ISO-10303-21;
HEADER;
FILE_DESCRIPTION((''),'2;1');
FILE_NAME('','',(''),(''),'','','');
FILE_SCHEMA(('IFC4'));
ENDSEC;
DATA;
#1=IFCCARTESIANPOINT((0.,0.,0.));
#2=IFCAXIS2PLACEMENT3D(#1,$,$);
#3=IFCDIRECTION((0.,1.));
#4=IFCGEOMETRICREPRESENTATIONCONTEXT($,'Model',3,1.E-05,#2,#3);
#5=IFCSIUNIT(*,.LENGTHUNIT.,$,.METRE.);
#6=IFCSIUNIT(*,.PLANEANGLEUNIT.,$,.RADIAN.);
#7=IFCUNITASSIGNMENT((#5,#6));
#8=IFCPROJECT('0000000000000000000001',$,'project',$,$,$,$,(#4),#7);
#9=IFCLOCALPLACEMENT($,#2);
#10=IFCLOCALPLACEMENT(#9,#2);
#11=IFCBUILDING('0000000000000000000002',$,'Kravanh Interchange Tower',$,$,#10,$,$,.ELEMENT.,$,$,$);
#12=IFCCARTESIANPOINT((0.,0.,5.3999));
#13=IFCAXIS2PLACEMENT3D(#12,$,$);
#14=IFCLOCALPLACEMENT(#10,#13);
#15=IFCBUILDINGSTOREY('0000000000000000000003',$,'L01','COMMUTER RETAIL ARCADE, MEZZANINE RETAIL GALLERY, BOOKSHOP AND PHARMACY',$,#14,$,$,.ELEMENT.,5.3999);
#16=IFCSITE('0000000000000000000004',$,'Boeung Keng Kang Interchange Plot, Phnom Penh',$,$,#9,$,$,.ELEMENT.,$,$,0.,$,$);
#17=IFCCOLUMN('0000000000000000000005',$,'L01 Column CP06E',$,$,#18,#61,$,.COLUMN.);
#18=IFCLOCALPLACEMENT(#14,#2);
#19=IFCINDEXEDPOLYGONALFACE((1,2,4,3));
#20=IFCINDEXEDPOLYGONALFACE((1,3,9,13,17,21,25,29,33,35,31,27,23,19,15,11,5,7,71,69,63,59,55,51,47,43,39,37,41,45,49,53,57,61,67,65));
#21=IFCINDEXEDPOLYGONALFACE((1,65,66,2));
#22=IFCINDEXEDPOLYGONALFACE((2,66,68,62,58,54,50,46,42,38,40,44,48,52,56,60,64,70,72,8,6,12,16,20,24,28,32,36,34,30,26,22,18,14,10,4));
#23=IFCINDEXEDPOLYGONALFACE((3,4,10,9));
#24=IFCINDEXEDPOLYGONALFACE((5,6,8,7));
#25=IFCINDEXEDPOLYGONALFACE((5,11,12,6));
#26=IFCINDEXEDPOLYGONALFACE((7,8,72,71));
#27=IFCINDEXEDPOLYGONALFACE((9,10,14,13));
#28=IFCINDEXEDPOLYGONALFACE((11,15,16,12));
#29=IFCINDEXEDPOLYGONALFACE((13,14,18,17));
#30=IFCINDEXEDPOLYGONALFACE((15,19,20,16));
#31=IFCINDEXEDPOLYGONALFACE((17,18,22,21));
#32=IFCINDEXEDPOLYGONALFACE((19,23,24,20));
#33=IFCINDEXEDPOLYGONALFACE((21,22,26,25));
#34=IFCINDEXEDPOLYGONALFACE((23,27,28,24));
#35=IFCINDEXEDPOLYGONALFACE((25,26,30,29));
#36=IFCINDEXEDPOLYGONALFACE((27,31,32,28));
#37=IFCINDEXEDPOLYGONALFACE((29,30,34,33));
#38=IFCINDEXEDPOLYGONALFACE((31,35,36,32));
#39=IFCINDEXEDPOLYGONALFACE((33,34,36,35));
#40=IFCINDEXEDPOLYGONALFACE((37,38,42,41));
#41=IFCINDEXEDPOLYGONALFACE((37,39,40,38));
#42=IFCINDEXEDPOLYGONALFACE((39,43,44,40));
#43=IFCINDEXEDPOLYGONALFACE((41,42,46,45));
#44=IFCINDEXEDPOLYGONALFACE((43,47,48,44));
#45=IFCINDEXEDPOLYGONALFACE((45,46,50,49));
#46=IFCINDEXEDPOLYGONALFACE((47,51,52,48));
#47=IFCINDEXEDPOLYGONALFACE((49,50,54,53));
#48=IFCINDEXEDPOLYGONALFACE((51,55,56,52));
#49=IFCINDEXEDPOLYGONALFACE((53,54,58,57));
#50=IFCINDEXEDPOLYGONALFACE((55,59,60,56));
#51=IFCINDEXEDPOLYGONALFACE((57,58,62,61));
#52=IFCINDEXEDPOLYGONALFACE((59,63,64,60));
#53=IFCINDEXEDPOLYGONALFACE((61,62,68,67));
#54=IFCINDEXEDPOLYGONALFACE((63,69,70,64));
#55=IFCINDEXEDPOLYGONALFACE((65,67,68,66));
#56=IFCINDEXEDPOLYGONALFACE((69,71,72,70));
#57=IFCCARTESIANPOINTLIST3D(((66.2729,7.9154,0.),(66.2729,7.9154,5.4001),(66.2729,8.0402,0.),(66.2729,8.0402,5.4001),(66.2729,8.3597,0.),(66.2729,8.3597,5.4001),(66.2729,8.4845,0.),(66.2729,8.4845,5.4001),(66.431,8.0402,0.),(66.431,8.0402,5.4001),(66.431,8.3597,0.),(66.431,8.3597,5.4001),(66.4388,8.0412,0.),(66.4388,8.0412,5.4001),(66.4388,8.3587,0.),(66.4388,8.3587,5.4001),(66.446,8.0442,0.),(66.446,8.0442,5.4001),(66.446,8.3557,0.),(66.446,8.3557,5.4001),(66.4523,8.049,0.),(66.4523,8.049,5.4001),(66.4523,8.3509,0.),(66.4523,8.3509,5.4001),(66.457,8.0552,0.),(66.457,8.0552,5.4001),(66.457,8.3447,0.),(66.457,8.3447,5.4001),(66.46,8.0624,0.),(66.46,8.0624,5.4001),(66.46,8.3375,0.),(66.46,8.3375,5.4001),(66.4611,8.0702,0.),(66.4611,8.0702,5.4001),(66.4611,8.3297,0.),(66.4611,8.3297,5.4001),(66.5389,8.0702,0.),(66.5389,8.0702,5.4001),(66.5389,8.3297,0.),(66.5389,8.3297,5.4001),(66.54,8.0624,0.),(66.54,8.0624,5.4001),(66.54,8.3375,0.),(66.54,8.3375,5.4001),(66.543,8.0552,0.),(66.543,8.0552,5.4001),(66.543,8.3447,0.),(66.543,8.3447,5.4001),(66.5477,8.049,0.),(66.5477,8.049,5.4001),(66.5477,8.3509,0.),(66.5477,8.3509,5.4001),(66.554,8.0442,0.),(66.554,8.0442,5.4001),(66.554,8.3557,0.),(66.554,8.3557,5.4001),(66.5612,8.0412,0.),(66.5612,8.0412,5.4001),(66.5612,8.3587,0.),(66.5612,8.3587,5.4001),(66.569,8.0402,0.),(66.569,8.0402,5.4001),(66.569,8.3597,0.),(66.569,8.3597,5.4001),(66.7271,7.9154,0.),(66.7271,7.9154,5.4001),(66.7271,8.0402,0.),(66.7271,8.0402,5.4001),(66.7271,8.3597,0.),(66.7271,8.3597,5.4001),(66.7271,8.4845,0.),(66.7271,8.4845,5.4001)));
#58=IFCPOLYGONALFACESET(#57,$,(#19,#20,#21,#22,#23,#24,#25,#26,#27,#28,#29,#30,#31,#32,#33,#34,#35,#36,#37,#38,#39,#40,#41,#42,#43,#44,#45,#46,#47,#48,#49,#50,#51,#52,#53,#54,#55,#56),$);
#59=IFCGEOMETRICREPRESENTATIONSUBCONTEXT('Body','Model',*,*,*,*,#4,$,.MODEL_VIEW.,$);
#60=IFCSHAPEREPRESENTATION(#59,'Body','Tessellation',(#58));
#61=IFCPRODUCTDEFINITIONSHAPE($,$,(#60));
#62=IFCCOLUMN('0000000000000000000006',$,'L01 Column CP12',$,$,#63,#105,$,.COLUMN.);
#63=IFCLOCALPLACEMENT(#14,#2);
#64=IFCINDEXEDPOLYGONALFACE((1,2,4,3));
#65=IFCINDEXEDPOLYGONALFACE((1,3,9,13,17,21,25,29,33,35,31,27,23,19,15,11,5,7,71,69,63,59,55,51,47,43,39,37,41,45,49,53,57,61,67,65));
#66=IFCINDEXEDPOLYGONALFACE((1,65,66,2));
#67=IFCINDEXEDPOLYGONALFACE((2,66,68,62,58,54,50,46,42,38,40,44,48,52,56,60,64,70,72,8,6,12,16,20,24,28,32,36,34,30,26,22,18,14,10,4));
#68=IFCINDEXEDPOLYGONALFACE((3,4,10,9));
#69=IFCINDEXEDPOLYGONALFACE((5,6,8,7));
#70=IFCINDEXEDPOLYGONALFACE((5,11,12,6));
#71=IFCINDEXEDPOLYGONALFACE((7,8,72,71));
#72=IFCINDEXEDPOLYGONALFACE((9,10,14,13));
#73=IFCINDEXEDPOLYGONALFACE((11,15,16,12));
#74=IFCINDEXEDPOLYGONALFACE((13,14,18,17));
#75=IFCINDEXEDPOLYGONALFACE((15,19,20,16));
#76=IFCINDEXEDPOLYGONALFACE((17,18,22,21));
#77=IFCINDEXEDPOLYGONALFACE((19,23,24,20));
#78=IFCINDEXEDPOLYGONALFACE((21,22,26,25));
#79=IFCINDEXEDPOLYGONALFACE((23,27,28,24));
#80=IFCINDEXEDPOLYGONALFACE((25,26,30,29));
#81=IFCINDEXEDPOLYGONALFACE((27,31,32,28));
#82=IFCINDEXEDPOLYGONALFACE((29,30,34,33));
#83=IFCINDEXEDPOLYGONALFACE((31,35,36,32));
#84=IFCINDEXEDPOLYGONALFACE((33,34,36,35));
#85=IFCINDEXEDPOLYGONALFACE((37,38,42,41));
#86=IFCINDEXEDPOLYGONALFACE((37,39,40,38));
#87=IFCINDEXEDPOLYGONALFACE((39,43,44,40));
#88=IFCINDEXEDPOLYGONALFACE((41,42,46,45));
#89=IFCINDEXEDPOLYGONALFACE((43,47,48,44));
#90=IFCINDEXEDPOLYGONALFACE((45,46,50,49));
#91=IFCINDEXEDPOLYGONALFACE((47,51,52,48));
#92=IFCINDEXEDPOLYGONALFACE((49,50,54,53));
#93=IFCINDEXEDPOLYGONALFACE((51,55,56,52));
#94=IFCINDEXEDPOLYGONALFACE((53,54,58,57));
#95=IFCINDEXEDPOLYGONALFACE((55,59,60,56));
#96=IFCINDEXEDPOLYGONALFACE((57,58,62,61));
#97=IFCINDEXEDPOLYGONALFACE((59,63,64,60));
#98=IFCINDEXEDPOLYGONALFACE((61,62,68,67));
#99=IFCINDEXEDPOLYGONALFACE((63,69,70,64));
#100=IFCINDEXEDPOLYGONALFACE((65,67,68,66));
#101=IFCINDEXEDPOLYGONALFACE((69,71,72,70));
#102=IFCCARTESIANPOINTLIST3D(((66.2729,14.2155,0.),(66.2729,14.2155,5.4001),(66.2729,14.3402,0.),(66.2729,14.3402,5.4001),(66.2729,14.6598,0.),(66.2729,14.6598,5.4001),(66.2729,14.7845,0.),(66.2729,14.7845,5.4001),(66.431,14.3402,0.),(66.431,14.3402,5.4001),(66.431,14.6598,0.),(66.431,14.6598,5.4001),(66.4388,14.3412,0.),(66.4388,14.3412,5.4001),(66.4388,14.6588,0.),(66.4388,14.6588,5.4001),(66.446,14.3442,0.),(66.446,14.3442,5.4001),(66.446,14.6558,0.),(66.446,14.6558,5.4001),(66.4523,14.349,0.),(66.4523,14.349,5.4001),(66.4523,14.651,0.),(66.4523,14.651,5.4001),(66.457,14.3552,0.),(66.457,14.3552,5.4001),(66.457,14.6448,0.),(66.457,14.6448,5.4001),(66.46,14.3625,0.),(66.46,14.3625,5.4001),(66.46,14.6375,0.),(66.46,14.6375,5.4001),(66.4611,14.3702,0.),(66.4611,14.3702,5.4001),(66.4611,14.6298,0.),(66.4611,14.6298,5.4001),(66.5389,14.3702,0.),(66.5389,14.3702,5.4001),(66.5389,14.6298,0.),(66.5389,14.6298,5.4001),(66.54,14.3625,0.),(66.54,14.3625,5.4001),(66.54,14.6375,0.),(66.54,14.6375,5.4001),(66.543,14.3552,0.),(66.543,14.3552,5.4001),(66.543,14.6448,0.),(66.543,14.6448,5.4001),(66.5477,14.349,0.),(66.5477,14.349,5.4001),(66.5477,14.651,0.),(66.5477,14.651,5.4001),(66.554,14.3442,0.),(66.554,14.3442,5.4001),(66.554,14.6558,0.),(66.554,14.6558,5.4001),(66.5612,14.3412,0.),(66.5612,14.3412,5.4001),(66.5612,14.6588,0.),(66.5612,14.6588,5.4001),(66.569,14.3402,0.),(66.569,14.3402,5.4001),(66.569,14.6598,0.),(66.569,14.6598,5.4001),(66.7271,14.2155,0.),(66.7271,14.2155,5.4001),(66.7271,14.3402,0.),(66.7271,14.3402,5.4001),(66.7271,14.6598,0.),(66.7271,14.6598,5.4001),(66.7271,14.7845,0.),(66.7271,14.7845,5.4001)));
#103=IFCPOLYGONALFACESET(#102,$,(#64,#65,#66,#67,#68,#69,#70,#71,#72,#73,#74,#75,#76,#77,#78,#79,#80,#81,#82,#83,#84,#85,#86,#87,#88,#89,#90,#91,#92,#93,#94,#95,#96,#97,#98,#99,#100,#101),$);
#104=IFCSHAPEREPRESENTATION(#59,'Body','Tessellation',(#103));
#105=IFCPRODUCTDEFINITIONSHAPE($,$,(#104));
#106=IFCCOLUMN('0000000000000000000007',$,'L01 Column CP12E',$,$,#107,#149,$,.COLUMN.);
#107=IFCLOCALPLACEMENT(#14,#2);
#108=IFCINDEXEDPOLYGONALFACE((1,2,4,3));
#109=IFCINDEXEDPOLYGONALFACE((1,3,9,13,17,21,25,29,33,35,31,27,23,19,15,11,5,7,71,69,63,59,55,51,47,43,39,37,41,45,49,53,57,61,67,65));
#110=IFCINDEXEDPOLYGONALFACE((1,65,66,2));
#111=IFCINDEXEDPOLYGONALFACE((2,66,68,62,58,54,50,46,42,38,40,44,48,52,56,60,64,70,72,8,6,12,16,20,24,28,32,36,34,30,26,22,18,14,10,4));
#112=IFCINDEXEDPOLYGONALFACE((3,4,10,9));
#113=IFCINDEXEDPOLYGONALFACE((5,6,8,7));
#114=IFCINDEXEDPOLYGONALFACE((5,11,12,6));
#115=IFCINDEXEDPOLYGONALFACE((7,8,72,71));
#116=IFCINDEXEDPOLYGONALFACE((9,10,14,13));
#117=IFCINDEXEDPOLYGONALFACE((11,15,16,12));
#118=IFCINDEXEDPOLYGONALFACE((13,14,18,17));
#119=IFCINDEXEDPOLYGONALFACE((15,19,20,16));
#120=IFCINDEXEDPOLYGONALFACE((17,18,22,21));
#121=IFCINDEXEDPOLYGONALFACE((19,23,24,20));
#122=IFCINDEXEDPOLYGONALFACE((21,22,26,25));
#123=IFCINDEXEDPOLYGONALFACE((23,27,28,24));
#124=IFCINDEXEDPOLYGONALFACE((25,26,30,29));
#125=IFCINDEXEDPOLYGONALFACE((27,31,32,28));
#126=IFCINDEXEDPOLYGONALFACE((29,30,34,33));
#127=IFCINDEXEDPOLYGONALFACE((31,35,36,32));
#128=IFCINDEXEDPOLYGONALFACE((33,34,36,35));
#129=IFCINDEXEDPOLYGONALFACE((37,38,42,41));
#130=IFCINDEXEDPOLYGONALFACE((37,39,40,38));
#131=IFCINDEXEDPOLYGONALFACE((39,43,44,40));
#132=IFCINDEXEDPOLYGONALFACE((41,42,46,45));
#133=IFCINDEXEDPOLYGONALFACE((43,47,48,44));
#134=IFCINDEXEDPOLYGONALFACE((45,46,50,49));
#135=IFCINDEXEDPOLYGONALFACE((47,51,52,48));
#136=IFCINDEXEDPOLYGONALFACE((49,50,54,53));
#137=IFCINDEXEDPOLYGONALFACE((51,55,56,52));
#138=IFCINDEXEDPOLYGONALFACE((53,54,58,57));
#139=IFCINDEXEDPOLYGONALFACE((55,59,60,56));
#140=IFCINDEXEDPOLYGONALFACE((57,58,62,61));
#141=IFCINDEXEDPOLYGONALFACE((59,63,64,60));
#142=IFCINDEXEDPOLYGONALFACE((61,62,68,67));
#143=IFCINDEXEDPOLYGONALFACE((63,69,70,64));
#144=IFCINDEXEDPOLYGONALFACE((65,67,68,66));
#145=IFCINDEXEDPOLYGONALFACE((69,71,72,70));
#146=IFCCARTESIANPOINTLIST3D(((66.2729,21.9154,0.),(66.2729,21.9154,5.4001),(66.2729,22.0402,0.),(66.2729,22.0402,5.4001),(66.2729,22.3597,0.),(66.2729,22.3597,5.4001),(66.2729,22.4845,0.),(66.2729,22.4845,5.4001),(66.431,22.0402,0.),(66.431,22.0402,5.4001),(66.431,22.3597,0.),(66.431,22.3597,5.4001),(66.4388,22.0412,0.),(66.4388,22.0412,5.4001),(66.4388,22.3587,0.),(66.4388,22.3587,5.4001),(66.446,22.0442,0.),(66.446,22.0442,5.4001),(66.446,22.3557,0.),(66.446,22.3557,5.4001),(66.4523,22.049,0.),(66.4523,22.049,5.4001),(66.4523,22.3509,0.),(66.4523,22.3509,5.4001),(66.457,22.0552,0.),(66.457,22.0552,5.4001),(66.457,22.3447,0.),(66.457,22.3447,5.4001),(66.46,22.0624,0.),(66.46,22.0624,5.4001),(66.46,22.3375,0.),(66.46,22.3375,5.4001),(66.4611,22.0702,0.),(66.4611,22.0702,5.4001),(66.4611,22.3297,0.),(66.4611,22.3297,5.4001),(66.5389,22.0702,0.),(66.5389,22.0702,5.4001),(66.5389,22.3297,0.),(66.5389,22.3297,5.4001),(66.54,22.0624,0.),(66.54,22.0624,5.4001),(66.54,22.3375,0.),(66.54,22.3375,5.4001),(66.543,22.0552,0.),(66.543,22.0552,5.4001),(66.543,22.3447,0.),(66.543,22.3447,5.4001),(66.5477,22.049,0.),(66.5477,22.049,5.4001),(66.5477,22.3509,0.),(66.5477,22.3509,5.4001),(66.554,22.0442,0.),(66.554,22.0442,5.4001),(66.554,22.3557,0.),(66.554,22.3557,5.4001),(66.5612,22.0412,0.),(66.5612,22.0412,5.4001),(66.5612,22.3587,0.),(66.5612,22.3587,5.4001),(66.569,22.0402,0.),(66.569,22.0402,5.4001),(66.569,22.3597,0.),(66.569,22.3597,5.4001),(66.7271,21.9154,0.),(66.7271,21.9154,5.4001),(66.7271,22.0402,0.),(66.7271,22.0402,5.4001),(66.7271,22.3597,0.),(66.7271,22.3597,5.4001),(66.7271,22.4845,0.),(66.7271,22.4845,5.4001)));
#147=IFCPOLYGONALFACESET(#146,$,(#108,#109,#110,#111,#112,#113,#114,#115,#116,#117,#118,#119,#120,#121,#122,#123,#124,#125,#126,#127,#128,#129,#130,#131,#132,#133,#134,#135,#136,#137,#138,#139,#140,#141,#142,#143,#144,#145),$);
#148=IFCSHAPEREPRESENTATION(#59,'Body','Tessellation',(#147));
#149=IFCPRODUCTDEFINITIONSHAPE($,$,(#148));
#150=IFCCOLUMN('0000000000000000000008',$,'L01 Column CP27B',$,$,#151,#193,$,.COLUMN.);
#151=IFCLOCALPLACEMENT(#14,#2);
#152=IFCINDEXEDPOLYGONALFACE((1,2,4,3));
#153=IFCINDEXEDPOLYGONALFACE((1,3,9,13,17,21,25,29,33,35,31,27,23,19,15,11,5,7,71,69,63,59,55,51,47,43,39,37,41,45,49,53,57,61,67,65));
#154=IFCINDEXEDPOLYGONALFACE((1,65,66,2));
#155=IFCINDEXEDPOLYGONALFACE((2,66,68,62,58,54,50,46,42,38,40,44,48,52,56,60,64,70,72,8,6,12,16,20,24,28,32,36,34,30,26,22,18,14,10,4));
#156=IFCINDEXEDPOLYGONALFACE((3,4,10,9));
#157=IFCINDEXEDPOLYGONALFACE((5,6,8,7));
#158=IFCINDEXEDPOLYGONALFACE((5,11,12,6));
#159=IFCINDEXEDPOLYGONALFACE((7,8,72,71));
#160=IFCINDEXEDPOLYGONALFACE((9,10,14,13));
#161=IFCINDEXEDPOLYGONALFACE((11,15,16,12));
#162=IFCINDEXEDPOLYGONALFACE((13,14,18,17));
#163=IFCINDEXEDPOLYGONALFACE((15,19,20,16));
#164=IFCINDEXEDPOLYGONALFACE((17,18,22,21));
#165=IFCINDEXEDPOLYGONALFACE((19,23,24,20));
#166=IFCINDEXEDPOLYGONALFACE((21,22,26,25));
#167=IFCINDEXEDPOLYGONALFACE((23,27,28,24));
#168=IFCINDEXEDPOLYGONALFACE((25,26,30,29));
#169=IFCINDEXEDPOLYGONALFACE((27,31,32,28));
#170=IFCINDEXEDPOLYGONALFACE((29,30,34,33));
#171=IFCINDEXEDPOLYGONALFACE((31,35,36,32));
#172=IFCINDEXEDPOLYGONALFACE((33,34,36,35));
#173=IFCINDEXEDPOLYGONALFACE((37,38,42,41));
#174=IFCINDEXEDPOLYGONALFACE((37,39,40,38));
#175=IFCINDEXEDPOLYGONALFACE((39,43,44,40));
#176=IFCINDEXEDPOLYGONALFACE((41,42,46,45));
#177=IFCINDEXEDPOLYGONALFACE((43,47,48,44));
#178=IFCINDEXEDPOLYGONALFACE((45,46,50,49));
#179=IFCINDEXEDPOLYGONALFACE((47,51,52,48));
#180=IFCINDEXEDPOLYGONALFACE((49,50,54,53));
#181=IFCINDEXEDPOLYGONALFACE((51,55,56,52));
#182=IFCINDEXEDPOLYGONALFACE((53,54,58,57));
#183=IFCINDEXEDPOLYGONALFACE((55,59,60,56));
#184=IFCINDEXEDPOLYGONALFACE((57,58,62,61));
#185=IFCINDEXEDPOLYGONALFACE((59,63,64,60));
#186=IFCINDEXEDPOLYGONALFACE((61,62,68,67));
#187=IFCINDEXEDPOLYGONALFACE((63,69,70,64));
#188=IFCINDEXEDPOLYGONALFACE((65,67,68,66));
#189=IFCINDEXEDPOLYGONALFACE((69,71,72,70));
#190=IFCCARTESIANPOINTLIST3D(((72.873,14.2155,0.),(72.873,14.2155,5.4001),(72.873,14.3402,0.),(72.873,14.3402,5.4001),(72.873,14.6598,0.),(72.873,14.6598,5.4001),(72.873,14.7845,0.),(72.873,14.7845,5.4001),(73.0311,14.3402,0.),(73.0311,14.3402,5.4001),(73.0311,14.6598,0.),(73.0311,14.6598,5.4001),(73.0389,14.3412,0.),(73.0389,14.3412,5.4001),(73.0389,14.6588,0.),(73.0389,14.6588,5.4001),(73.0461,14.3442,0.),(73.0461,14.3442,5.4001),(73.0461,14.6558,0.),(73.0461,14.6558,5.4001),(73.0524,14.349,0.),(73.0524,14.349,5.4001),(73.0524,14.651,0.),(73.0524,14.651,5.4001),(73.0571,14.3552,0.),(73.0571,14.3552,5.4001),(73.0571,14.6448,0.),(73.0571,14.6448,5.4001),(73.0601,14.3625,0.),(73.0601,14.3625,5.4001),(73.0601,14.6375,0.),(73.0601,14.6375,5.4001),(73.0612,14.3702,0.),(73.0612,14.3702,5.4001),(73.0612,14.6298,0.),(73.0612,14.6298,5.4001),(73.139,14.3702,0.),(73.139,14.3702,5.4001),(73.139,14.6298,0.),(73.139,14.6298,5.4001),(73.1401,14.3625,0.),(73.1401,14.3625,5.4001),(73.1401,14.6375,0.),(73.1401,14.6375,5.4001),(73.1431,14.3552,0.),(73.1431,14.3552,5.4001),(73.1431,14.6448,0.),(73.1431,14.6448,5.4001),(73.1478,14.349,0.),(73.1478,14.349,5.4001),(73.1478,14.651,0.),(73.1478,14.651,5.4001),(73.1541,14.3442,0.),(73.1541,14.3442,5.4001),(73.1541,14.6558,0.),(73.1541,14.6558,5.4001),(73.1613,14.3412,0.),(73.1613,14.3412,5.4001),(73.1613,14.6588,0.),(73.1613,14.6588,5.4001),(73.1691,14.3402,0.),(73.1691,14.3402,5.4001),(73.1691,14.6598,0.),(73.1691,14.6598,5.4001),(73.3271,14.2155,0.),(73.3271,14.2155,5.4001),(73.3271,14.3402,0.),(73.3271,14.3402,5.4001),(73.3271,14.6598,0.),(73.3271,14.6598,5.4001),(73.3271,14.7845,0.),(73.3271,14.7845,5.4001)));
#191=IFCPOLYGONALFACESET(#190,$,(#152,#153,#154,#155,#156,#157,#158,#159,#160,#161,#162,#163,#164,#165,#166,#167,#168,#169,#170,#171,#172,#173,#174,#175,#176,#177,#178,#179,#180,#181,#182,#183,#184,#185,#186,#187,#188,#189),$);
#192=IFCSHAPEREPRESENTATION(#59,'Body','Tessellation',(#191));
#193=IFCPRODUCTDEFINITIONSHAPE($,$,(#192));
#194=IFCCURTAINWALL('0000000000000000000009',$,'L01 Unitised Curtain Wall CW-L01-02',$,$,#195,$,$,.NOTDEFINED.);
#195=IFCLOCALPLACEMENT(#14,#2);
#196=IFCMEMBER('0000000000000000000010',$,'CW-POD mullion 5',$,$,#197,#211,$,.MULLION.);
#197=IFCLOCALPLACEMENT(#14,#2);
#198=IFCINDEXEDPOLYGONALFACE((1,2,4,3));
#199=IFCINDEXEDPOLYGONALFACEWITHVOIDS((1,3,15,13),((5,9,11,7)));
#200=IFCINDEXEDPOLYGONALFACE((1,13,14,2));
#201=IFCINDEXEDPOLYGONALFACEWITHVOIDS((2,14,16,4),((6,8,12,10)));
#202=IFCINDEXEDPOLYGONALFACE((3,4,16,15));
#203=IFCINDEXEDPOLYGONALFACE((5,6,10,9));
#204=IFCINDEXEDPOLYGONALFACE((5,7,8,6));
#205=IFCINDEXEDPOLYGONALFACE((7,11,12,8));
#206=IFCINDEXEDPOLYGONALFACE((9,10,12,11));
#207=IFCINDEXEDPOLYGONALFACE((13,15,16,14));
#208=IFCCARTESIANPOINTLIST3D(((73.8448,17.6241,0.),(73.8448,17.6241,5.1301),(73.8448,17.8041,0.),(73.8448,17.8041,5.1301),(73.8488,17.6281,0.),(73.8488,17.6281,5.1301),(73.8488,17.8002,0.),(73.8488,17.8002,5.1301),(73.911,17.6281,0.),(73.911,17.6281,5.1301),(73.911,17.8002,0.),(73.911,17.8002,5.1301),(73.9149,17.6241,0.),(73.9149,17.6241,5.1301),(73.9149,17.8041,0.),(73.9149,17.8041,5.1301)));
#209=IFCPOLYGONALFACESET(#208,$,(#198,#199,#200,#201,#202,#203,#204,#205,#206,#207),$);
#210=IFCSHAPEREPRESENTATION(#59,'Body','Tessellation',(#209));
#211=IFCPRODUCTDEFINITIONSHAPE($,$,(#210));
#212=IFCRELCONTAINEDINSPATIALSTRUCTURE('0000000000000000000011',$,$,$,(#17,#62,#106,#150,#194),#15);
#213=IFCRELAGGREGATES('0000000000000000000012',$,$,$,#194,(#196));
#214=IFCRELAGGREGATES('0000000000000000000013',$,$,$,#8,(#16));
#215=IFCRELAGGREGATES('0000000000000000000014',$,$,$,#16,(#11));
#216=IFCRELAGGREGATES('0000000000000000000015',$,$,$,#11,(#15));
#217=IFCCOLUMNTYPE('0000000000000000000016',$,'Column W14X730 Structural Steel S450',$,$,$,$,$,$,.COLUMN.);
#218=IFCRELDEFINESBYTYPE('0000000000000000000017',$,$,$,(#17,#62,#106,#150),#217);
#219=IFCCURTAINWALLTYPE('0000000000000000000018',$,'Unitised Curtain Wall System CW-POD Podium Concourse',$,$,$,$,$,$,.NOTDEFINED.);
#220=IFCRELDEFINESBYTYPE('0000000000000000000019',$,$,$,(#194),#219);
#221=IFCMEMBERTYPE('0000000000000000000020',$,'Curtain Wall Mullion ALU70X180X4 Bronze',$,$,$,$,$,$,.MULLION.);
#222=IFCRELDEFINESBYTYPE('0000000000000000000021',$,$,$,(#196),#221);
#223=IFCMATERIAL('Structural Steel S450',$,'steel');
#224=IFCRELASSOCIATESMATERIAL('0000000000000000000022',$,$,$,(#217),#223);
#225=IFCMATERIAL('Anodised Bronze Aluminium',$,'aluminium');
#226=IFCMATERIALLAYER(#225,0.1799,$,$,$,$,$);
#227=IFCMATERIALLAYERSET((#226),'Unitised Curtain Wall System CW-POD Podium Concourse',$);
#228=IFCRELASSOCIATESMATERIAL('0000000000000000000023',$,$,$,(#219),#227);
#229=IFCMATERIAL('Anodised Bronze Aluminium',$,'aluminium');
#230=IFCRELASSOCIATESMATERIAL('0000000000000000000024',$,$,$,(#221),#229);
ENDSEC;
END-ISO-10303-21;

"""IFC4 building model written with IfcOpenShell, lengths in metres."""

from ifc_helpers import new_model, si_unit, direction, frame, origin, origin_2d, place, context, subcontext, project, spatial, hollow_rectangle, i_section, extrude, material, layer, layer_set, material_profile, profile_set, type_object, element, aggregate, save


model = new_model("IFC4")

# Units and contexts
model_context = context("Model", 3, precision=1e-05, world=origin(), true_north=direction((0.0, 1.0)))
body_context = subcontext(model_context, "Body", "Model", "MODEL_VIEW")
ifc_project = project(units=[si_unit("LENGTHUNIT", "METRE"), si_unit("PLANEANGLEUNIT", "RADIAN")], contexts=[model_context])

# Site, building, storey
site_placement = place(None, origin())
site = spatial("IfcSite", under=ifc_project, at=site_placement, Name="Boeung Keng Kang Interchange Plot, Phnom Penh", CompositionType="ELEMENT", RefElevation=0.0)
building_placement = place(site_placement, origin())
building = spatial("IfcBuilding", under=site, at=building_placement, Name="Kravanh Interchange Tower", CompositionType="ELEMENT")
storey_placement = place(building_placement, frame((0.0, 0.0, 5.3999)))
storey = spatial("IfcBuildingStorey", under=building, at=storey_placement, Name="L01", Description="COMMUTER RETAIL ARCADE, MEZZANINE RETAIL GALLERY, BOOKSHOP AND PHARMACY", CompositionType="ELEMENT", Elevation=5.3999)

# Columns
ifc_material_1 = material(Name="Structural Steel S450", Category="steel")
ifc_material_profile_1 = material_profile(ifc_material_1, i_section(OverallWidth=0.4541, OverallDepth=0.5691, WebThickness=0.0779, FlangeThickness=0.1248, FilletRadius=0.03, at=origin_2d()), Name="W14X730")
ifc_profile_set_1 = profile_set([ifc_material_profile_1], Name="Structural Steel S450")
column_type = type_object("IfcColumnType", Name="Column W14X730 Structural Steel S450", PredefinedType="COLUMN", material=ifc_profile_set_1)
for number, where, z_axis, x_axis, name in (
    (1, (66.5, 8.2, 0.0), (0.0, 0.0, 1.0), (1.0, 0.0, 0.0), "L01 Column CP06E"),
    (2, (66.5, 14.5, 0.0), (0.0, 0.0, 1.0), (1.0, 0.0, 0.0), "L01 Column CP12"),
    (3, (66.5, 22.2, 0.0), (0.0, 0.0, 1.0), (1.0, 0.0, 0.0), "L01 Column CP12E"),
    (4, (73.1001, 14.5, 0.0), (0.0, 0.0, 1.0), (1.0, 0.0, 0.0), "L01 Column CP27B"),
):
    element("IfcColumn", number, at=place(storey_placement, frame(where, z_axis=z_axis, x_axis=x_axis)), inside=storey, type_object=column_type, Name=name, PredefinedType="COLUMN", context=body_context, shape_type="SweptSolid", body=[
        extrude(i_section(OverallWidth=0.4541, OverallDepth=0.5691, WebThickness=0.0779, FlangeThickness=0.1248, FilletRadius=0.03, at=origin_2d()), origin(), (0.0, 0.0, 1.0), 5.4001),
    ])

# Curtain wall, member
ifc_material_2 = material(Name="Anodised Bronze Aluminium", Category="aluminium")
ifc_layer_1 = layer(ifc_material_2, 0.1799)
ifc_layer_set_1 = layer_set([ifc_layer_1], Name="Unitised Curtain Wall System CW-POD Podium Concourse")
curtain_wall_type = type_object("IfcCurtainWallType", Name="Unitised Curtain Wall System CW-POD Podium Concourse", PredefinedType="NOTDEFINED", material=ifc_layer_set_1)
curtain_wall_placement = place(storey_placement, origin())
curtain_wall = element("IfcCurtainWall", 5, at=curtain_wall_placement, inside=storey, type_object=curtain_wall_type, Name="L01 Unitised Curtain Wall CW-L01-02", PredefinedType="NOTDEFINED")
ifc_material_3 = material(Name="Anodised Bronze Aluminium", Category="aluminium")
ifc_material_profile_2 = material_profile(ifc_material_3, hollow_rectangle(XDim=0.0701, YDim=0.1799, WallThickness=0.0039, at=origin_2d()), Name="ALU70X180X4")
ifc_profile_set_2 = profile_set([ifc_material_profile_2], Name="Anodised Bronze Aluminium")
member_type_1 = type_object("IfcMemberType", Name="Curtain Wall Mullion ALU70X180X4 Bronze", PredefinedType="MULLION", material=ifc_profile_set_2)
member_1_placement = place(storey_placement, frame((73.8799, 17.7141, 0.0), z_axis=(0.0, 0.0, 1.0), x_axis=(1.0, 0.0, 0.0)))
member_1 = element("IfcMember", 6, at=member_1_placement, type_object=member_type_1, Name="CW-POD mullion 5", PredefinedType="MULLION", context=body_context, shape_type="SweptSolid", body=[
    extrude(hollow_rectangle(XDim=0.0701, YDim=0.1799, WallThickness=0.0039, at=origin_2d()), origin(), (0.0, 0.0, 1.0), 5.1301),
])

aggregate(curtain_wall, [member_1])

save(model, "model.ifc")
